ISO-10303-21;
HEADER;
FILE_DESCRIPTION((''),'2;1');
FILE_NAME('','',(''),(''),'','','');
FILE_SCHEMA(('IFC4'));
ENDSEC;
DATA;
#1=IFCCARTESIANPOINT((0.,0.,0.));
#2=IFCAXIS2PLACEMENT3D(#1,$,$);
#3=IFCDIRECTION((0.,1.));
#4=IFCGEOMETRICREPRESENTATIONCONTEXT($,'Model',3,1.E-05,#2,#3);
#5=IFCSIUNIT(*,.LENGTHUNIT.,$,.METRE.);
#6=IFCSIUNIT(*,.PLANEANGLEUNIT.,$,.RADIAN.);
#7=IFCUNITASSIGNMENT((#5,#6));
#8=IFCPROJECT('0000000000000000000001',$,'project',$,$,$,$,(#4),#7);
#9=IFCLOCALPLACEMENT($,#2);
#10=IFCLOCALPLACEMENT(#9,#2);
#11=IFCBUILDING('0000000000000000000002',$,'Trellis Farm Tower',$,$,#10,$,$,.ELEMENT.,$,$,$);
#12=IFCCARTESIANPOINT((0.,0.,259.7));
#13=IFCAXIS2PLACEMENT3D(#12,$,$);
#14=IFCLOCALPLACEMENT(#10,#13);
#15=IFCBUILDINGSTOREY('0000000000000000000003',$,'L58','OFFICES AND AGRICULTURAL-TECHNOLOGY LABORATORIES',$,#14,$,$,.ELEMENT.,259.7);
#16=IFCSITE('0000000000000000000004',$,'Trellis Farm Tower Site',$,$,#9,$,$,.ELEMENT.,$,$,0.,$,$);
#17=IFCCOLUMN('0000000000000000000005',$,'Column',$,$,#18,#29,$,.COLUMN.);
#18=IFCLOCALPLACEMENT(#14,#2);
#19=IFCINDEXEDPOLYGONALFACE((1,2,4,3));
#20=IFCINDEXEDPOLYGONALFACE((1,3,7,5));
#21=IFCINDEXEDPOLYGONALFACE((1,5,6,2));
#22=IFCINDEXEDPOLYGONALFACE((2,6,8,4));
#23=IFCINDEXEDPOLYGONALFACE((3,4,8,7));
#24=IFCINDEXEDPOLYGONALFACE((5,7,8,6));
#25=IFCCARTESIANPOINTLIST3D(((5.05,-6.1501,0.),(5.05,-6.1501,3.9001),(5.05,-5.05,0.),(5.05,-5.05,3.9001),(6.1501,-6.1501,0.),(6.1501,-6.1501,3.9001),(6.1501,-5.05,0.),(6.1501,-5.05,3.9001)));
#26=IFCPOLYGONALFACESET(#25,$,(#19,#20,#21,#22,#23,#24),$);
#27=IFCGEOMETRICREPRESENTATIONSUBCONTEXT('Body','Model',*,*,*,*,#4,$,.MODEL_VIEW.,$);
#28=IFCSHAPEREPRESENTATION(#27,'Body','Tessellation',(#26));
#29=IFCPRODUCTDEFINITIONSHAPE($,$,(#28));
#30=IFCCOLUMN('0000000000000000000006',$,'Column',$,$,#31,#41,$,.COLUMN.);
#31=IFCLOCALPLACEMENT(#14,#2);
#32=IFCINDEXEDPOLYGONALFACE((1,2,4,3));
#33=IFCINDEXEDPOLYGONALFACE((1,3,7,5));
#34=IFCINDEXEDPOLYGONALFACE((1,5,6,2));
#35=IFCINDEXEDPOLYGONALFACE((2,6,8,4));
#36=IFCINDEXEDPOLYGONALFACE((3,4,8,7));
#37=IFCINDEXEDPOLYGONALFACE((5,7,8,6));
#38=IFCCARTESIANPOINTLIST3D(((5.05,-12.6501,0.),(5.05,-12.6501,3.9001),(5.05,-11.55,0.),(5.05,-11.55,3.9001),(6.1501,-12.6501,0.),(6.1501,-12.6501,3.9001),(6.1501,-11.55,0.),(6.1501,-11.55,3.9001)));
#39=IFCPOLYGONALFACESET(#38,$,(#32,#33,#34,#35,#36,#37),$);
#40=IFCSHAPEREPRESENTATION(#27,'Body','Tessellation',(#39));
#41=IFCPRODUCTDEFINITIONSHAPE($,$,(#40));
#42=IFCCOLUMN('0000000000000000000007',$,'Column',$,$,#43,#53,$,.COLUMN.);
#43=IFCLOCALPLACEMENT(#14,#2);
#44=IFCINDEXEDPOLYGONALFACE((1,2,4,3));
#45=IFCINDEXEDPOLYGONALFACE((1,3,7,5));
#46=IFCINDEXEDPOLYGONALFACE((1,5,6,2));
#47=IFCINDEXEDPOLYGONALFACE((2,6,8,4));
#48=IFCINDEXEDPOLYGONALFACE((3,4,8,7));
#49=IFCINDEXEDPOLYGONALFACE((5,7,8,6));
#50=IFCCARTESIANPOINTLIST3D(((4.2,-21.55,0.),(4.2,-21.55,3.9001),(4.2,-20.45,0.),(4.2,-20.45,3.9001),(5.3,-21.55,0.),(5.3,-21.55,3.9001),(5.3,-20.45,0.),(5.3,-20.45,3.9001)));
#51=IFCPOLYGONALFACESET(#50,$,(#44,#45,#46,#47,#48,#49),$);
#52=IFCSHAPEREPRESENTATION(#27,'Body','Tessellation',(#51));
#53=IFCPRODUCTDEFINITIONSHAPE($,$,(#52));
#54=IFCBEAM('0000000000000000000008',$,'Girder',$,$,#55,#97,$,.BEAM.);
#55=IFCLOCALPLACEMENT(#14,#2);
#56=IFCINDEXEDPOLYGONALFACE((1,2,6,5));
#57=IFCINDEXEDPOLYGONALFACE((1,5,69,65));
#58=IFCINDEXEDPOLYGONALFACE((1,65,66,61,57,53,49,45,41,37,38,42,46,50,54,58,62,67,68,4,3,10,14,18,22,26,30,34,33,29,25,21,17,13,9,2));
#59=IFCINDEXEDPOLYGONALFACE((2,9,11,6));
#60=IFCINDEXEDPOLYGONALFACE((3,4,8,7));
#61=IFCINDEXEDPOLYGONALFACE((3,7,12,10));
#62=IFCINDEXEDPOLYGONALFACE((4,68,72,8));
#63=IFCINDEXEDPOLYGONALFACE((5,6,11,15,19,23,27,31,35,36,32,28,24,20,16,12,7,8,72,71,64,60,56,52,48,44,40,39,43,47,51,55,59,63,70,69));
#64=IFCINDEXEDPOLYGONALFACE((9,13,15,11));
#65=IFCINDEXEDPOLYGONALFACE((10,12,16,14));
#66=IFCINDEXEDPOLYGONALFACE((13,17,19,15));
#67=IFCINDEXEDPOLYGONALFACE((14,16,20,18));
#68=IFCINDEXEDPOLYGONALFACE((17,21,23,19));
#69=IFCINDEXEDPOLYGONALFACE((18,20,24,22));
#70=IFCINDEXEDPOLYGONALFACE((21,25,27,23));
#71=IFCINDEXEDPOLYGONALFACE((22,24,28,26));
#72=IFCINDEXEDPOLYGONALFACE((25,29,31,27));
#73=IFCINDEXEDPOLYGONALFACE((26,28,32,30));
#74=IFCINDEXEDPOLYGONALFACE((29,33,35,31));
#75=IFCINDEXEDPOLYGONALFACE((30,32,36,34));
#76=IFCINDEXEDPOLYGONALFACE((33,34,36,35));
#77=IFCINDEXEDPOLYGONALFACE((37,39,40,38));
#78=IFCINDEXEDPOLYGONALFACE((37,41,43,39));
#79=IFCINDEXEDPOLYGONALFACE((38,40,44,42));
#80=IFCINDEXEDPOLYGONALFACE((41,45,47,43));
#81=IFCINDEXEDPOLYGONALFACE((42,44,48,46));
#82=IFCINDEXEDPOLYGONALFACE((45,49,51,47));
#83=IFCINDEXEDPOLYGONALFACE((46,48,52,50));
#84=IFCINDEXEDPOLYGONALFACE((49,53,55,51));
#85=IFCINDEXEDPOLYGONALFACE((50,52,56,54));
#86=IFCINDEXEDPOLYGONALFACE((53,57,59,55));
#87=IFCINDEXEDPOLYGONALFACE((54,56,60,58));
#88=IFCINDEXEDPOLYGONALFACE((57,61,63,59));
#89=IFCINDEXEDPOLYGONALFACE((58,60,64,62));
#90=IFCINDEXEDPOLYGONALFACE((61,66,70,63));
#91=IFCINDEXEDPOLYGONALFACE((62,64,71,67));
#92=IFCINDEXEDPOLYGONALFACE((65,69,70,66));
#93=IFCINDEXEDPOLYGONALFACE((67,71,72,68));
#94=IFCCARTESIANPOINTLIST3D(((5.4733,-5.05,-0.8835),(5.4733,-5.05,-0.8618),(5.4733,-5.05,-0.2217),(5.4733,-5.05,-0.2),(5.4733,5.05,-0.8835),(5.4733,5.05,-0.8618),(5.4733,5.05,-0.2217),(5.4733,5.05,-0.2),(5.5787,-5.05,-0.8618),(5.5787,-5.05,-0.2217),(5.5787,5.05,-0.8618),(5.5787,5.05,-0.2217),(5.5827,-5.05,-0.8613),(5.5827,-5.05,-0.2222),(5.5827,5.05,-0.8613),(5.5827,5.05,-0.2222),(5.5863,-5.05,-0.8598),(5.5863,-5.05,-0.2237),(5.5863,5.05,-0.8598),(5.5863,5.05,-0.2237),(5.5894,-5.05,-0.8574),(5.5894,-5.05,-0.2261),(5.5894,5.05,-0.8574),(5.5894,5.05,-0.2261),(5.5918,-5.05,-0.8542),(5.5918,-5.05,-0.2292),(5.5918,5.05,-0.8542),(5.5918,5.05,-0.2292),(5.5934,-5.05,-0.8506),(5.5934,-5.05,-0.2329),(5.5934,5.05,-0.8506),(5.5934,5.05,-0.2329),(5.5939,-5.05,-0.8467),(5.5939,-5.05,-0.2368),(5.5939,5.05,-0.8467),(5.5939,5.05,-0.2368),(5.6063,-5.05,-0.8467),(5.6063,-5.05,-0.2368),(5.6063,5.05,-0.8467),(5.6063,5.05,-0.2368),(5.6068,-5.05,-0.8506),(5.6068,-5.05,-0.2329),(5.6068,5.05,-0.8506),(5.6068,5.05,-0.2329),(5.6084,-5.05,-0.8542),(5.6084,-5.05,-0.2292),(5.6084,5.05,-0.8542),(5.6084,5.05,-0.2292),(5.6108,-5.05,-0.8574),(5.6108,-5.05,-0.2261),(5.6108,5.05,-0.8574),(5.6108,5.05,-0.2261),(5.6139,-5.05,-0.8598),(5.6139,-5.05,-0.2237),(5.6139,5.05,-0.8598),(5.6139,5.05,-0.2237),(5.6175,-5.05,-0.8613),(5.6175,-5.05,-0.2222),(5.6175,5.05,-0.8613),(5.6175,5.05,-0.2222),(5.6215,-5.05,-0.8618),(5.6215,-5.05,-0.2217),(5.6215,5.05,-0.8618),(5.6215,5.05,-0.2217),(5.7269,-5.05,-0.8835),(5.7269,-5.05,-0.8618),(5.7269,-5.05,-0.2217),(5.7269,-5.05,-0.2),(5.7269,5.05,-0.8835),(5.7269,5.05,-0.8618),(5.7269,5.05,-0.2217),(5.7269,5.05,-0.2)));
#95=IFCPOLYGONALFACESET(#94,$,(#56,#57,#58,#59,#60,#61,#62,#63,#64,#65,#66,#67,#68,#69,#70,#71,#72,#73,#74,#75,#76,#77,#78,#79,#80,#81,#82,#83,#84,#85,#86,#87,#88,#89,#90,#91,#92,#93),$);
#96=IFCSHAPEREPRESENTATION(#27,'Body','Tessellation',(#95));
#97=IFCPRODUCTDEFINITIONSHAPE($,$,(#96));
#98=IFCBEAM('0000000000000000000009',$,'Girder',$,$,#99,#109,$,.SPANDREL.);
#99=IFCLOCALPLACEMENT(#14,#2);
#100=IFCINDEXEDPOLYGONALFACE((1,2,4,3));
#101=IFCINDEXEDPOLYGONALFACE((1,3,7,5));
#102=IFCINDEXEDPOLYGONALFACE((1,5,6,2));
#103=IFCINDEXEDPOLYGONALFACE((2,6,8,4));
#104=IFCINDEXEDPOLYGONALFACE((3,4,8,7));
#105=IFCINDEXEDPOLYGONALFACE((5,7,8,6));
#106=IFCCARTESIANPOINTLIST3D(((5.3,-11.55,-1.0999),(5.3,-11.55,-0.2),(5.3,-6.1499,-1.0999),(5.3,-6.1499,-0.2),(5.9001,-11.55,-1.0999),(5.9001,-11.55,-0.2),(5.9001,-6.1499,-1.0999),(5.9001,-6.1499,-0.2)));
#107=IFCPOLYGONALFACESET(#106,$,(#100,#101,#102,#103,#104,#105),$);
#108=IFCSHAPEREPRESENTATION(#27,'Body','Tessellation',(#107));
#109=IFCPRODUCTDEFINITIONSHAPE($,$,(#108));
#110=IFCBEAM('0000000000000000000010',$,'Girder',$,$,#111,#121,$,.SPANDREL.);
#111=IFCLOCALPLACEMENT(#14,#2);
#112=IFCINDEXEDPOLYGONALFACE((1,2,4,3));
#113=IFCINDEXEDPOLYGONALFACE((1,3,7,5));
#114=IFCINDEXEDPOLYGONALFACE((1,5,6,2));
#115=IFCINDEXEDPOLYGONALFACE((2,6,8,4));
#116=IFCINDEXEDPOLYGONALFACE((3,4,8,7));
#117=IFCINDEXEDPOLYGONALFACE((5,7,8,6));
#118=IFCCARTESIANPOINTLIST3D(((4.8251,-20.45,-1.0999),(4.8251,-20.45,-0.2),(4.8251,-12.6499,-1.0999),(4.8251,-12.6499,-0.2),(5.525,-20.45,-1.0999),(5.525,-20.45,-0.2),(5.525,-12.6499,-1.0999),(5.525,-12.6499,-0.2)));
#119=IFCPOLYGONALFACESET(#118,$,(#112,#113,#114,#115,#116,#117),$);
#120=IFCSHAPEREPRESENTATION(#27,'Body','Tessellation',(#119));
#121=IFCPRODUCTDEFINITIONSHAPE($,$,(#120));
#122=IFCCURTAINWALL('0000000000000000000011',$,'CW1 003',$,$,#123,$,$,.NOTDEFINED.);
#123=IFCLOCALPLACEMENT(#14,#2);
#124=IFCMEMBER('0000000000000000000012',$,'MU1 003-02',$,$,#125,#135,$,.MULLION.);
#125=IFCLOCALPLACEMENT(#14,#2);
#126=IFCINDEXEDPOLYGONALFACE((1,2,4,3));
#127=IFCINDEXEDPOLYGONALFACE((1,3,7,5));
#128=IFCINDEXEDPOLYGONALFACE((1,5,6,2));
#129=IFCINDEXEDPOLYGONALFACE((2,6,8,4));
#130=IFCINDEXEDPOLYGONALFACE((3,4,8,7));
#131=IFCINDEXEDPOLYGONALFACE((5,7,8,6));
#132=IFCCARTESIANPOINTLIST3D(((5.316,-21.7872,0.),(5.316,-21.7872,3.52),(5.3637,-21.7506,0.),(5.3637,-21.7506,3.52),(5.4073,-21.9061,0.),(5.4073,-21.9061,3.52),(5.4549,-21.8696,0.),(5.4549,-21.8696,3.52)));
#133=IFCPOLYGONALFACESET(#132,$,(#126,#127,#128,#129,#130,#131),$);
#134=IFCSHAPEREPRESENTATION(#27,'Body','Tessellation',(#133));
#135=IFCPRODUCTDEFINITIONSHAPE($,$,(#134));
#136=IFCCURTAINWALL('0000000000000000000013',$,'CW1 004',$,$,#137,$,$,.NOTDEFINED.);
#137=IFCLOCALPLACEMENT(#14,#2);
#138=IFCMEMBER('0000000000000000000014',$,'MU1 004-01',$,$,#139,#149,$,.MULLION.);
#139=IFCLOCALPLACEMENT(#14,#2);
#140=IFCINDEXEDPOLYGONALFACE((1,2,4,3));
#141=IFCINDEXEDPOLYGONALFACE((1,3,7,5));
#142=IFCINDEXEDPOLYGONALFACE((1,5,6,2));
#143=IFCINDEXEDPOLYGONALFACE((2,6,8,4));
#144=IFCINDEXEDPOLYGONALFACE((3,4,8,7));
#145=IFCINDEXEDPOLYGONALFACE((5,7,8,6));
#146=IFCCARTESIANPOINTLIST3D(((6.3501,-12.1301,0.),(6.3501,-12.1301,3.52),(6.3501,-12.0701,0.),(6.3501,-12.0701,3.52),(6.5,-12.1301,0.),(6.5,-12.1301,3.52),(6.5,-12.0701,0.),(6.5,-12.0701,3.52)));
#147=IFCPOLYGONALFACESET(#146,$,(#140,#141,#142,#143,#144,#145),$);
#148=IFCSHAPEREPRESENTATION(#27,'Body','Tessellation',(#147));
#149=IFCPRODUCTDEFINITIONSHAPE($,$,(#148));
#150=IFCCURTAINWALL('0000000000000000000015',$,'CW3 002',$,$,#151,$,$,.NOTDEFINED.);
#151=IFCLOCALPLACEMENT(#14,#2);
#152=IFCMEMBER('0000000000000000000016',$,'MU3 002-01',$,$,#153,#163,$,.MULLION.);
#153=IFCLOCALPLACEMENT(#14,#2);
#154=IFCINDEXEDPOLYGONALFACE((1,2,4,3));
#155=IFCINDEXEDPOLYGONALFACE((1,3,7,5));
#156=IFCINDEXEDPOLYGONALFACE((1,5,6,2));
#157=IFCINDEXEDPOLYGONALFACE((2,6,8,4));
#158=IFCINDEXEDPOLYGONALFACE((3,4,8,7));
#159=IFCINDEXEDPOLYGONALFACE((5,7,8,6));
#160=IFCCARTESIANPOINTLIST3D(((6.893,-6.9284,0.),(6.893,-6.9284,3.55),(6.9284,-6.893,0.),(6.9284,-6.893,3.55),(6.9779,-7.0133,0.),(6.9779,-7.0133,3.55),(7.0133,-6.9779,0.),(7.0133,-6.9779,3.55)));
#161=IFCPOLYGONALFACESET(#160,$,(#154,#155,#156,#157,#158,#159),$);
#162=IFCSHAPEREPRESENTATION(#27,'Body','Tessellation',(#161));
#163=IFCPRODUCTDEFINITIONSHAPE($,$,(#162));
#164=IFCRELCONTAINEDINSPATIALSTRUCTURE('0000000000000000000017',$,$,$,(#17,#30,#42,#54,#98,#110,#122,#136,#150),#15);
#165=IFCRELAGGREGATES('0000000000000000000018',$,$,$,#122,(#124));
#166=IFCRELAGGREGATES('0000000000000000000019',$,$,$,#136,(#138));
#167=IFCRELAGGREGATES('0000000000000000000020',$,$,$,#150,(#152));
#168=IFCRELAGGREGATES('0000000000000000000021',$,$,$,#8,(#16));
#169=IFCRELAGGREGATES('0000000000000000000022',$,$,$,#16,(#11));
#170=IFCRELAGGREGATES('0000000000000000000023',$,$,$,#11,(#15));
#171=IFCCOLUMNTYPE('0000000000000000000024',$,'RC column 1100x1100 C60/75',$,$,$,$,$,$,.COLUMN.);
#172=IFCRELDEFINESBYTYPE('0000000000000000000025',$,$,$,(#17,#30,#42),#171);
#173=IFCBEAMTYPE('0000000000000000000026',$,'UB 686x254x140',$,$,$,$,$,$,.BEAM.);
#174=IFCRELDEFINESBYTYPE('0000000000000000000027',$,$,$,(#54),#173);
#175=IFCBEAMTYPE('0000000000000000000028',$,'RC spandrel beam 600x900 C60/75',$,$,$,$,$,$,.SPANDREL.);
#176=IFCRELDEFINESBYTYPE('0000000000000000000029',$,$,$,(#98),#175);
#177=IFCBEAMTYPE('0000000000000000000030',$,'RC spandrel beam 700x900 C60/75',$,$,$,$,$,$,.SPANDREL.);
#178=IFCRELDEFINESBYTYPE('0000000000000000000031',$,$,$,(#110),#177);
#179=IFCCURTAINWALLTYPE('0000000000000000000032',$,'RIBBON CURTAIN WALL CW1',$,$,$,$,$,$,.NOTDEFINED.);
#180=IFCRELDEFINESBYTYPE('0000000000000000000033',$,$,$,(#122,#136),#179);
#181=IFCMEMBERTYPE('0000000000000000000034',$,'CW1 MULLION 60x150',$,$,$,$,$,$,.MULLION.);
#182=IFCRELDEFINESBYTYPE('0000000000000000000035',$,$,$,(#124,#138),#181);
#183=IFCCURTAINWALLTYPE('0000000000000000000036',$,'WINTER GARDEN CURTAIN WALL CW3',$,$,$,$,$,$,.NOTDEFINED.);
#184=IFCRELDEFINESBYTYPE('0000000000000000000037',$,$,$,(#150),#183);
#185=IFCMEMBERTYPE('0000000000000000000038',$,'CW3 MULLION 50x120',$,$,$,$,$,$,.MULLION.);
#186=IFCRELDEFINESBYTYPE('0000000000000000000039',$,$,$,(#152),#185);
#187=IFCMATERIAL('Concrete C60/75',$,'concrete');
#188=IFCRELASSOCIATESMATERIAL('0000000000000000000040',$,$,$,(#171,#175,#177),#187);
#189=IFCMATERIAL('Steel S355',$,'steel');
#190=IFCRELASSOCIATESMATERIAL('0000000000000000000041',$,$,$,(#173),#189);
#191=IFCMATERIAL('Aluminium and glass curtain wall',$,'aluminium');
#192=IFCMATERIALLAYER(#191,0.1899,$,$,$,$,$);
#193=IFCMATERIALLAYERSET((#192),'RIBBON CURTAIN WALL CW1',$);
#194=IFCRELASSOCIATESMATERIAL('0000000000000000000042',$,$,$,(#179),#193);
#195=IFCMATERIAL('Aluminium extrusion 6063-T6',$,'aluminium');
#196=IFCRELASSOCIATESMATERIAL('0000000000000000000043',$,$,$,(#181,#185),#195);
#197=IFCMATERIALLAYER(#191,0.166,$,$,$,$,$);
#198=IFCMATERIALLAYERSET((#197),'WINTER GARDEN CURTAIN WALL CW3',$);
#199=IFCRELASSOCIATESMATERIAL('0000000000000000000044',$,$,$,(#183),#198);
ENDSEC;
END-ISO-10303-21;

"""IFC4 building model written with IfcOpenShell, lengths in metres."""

from ifc_helpers import new_model, si_unit, direction, frame, origin, origin_2d, place, context, subcontext, project, spatial, rectangle, i_section, extrude, source, transform, mapped, material, layer, layer_set, material_profile, profile_set, type_object, element, aggregate, save


model = new_model("IFC4")

# Units and contexts
model_context = context("Model", 3, precision=1e-05, world=origin(), true_north=direction((0.0, 1.0)))
body_context = subcontext(model_context, "Body", "Model", "MODEL_VIEW")
ifc_project = project(units=[si_unit("LENGTHUNIT", "METRE"), si_unit("PLANEANGLEUNIT", "RADIAN")], contexts=[model_context])

# Site, building, storey
site_placement = place(None, origin())
site = spatial("IfcSite", under=ifc_project, at=site_placement, Name="Trellis Farm Tower Site", CompositionType="ELEMENT", RefElevation=0.0)
building_placement = place(site_placement, origin())
building = spatial("IfcBuilding", under=site, at=building_placement, Name="Trellis Farm Tower", CompositionType="ELEMENT")
storey_placement = place(building_placement, frame((0.0, 0.0, 259.7)))
storey = spatial("IfcBuildingStorey", under=building, at=storey_placement, Name="L58", Description="OFFICES AND AGRICULTURAL-TECHNOLOGY LABORATORIES", CompositionType="ELEMENT", Elevation=259.7)

# Columns
ifc_material_1 = material(Name="Concrete C60/75", Category="concrete")
ifc_material_profile_1 = material_profile(ifc_material_1, rectangle(XDim=1.1001, YDim=1.1001, at=origin_2d()), Name="RC column 1100x1100 C60/75")
ifc_profile_set_1 = profile_set([ifc_material_profile_1], Name="Concrete C60/75")
column_type = type_object("IfcColumnType", Name="RC column 1100x1100 C60/75", PredefinedType="COLUMN", material=ifc_profile_set_1)
shared_shape_1 = source(origin(), body_context, "Body", "SweptSolid", [
    extrude(rectangle(XDim=1.1001, YDim=1.1001, at=origin_2d()), origin(), (0.0, 0.0, 1.0), 3.9001),
])
for number, where, z_axis, x_axis, name in (
    (1, (5.6001, -5.6001, 0.0), (0.0, 0.0, 1.0), (1.0, 0.0, 0.0), "Column"),
    (2, (5.6001, -12.1001, 0.0), (0.0, 0.0, 1.0), (1.0, 0.0, 0.0), "Column"),
    (3, (4.75, -21.0, 0.0), (0.0, 0.0, 1.0), (1.0, 0.0, 0.0), "Column"),
):
    element("IfcColumn", number, at=place(storey_placement, frame(where, z_axis=z_axis, x_axis=x_axis)), inside=storey, type_object=column_type, Name=name, PredefinedType="COLUMN", context=body_context, shape_type="MappedRepresentation", body=[
        mapped(shared_shape_1, transform((0.0, 0.0, 0.0))),
    ])

# Beams
ifc_material_2 = material(Name="Steel S355", Category="steel")
ifc_material_profile_2 = material_profile(ifc_material_2, i_section(OverallWidth=0.2537, OverallDepth=0.6836, WebThickness=0.0125, FlangeThickness=0.0217, FilletRadius=0.0151, at=origin_2d()), Name="UB 686x254x140")
ifc_profile_set_2 = profile_set([ifc_material_profile_2], Name="Steel S355")
beam_type_1 = type_object("IfcBeamType", Name="UB 686x254x140", PredefinedType="BEAM", material=ifc_profile_set_2)
shared_shape_2 = source(origin(), body_context, "Body", "SweptSolid", [
    extrude(i_section(OverallWidth=0.2537, OverallDepth=0.6836, WebThickness=0.0125, FlangeThickness=0.0217, FilletRadius=0.0151, at=origin_2d()), origin(), (0.0, 0.0, 1.0), 10.1001),
])
beam_1_placement = place(storey_placement, frame((5.6001, -5.05, -0.5417), z_axis=(0.0, 1.0, 0.0), x_axis=(-1.0, 0.0, 0.0)))
element("IfcBeam", 4, at=beam_1_placement, inside=storey, type_object=beam_type_1, Name="Girder", PredefinedType="BEAM", context=body_context, shape_type="MappedRepresentation", body=[
    mapped(shared_shape_2, transform((0.0, 0.0, 0.0))),
])
ifc_material_profile_3 = material_profile(ifc_material_1, rectangle(XDim=0.6001, YDim=0.8999, at=origin_2d()), Name="RC spandrel beam 600x900 C60/75")
ifc_profile_set_3 = profile_set([ifc_material_profile_3], Name="Concrete C60/75")
beam_type_2 = type_object("IfcBeamType", Name="RC spandrel beam 600x900 C60/75", PredefinedType="SPANDREL", material=ifc_profile_set_3)
shared_shape_3 = source(origin(), body_context, "Body", "SweptSolid", [
    extrude(rectangle(XDim=0.6001, YDim=0.8999, at=origin_2d()), origin(), (0.0, 0.0, 1.0), 5.4001),
])
beam_2_placement = place(storey_placement, frame((5.6001, -11.55, -0.6499), z_axis=(0.0, 1.0, 0.0), x_axis=(-1.0, 0.0, 0.0)))
element("IfcBeam", 5, at=beam_2_placement, inside=storey, type_object=beam_type_2, Name="Girder", PredefinedType="SPANDREL", context=body_context, shape_type="MappedRepresentation", body=[
    mapped(shared_shape_3, transform((0.0, 0.0, 0.0))),
])
ifc_material_profile_4 = material_profile(ifc_material_1, rectangle(XDim=0.7, YDim=0.8999, at=origin_2d()), Name="RC spandrel beam 700x900 C60/75")
ifc_profile_set_4 = profile_set([ifc_material_profile_4], Name="Concrete C60/75")
beam_type_3 = type_object("IfcBeamType", Name="RC spandrel beam 700x900 C60/75", PredefinedType="SPANDREL", material=ifc_profile_set_4)
shared_shape_4 = source(origin(), body_context, "Body", "SweptSolid", [
    extrude(rectangle(XDim=0.7, YDim=0.8999, at=origin_2d()), origin(), (0.0, 0.0, 1.0), 7.8),
])
beam_3_placement = place(storey_placement, frame((5.175, -20.45, -0.6499), z_axis=(0.0, 1.0, 0.0), x_axis=(-1.0, 0.0, 0.0)))
element("IfcBeam", 6, at=beam_3_placement, inside=storey, type_object=beam_type_3, Name="Girder", PredefinedType="SPANDREL", context=body_context, shape_type="MappedRepresentation", body=[
    mapped(shared_shape_4, transform((0.0, 0.0, 0.0))),
])

# Curtain walls, members
ifc_material_3 = material(Name="Aluminium and glass curtain wall", Category="aluminium")
ifc_layer_1 = layer(ifc_material_3, 0.1899)
ifc_layer_set_1 = layer_set([ifc_layer_1], Name="RIBBON CURTAIN WALL CW1")
curtain_wall_type_1 = type_object("IfcCurtainWallType", Name="RIBBON CURTAIN WALL CW1", PredefinedType="NOTDEFINED", material=ifc_layer_set_1)
placement = place(storey_placement, origin())
curtain_wall_1 = element("IfcCurtainWall", 7, at=placement, inside=storey, type_object=curtain_wall_type_1, Name="CW1 003", PredefinedType="NOTDEFINED")
ifc_material_4 = material(Name="Aluminium extrusion 6063-T6", Category="aluminium")
ifc_material_profile_5 = material_profile(ifc_material_4, rectangle(XDim=0.0601, YDim=0.1499, at=origin_2d()), Name="MULLION 60x150")
ifc_profile_set_5 = profile_set([ifc_material_profile_5], Name="Aluminium extrusion 6063-T6")
member_type_1 = type_object("IfcMemberType", Name="CW1 MULLION 60x150", PredefinedType="MULLION", material=ifc_profile_set_5)
shared_shape_5 = source(origin(), body_context, "Body", "SweptSolid", [
    extrude(rectangle(XDim=0.0601, YDim=0.1499, at=origin_2d()), origin(), (0.0, 0.0, 1.0), 3.52),
])
member_1_placement = place(storey_placement, frame((5.3855, -21.8284, 0.0), z_axis=(0.0, 0.0, 1.0), x_axis=(0.793353, 0.608761, 0.0)))
member_1 = element("IfcMember", 8, at=member_1_placement, type_object=member_type_1, Name="MU1 003-02", PredefinedType="MULLION", context=body_context, shape_type="MappedRepresentation", body=[
    mapped(shared_shape_5, transform((0.0, 0.0, 0.0))),
])
aggregate(curtain_wall_1, [member_1])
curtain_wall_2 = element("IfcCurtainWall", 9, at=placement, inside=storey, type_object=curtain_wall_type_1, Name="CW1 004", PredefinedType="NOTDEFINED")
member_2_placement = place(storey_placement, frame((6.425, -12.1001, 0.0), z_axis=(0.0, 0.0, 1.0), x_axis=(0.0, 1.0, 0.0)))
member_2 = element("IfcMember", 10, at=member_2_placement, type_object=member_type_1, Name="MU1 004-01", PredefinedType="MULLION", context=body_context, shape_type="MappedRepresentation", body=[
    mapped(shared_shape_5, transform((0.0, 0.0, 0.0))),
])
aggregate(curtain_wall_2, [member_2])
ifc_layer_2 = layer(ifc_material_3, 0.166)
ifc_layer_set_2 = layer_set([ifc_layer_2], Name="WINTER GARDEN CURTAIN WALL CW3")
curtain_wall_type_2 = type_object("IfcCurtainWallType", Name="WINTER GARDEN CURTAIN WALL CW3", PredefinedType="NOTDEFINED", material=ifc_layer_set_2)
curtain_wall_3 = element("IfcCurtainWall", 11, at=placement, inside=storey, type_object=curtain_wall_type_2, Name="CW3 002", PredefinedType="NOTDEFINED")
ifc_material_profile_6 = material_profile(ifc_material_4, rectangle(XDim=0.05, YDim=0.1201, at=origin_2d()), Name="MULLION 50x120")
ifc_profile_set_6 = profile_set([ifc_material_profile_6], Name="Aluminium extrusion 6063-T6")
member_type_2 = type_object("IfcMemberType", Name="CW3 MULLION 50x120", PredefinedType="MULLION", material=ifc_profile_set_6)
shared_shape_6 = source(origin(), body_context, "Body", "SweptSolid", [
    extrude(rectangle(XDim=0.05, YDim=0.1201, at=origin_2d()), origin(), (0.0, 0.0, 1.0), 3.55),
])
member_3_placement = place(storey_placement, frame((6.9531, -6.9531, 0.0), z_axis=(0.0, 0.0, 1.0), x_axis=(0.707107, 0.707107, 0.0)))
member_3 = element("IfcMember", 12, at=member_3_placement, type_object=member_type_2, Name="MU3 002-01", PredefinedType="MULLION", context=body_context, shape_type="MappedRepresentation", body=[
    mapped(shared_shape_6, transform((0.0, 0.0, 0.0))),
])
aggregate(curtain_wall_3, [member_3])

save(model, "model.ifc")
